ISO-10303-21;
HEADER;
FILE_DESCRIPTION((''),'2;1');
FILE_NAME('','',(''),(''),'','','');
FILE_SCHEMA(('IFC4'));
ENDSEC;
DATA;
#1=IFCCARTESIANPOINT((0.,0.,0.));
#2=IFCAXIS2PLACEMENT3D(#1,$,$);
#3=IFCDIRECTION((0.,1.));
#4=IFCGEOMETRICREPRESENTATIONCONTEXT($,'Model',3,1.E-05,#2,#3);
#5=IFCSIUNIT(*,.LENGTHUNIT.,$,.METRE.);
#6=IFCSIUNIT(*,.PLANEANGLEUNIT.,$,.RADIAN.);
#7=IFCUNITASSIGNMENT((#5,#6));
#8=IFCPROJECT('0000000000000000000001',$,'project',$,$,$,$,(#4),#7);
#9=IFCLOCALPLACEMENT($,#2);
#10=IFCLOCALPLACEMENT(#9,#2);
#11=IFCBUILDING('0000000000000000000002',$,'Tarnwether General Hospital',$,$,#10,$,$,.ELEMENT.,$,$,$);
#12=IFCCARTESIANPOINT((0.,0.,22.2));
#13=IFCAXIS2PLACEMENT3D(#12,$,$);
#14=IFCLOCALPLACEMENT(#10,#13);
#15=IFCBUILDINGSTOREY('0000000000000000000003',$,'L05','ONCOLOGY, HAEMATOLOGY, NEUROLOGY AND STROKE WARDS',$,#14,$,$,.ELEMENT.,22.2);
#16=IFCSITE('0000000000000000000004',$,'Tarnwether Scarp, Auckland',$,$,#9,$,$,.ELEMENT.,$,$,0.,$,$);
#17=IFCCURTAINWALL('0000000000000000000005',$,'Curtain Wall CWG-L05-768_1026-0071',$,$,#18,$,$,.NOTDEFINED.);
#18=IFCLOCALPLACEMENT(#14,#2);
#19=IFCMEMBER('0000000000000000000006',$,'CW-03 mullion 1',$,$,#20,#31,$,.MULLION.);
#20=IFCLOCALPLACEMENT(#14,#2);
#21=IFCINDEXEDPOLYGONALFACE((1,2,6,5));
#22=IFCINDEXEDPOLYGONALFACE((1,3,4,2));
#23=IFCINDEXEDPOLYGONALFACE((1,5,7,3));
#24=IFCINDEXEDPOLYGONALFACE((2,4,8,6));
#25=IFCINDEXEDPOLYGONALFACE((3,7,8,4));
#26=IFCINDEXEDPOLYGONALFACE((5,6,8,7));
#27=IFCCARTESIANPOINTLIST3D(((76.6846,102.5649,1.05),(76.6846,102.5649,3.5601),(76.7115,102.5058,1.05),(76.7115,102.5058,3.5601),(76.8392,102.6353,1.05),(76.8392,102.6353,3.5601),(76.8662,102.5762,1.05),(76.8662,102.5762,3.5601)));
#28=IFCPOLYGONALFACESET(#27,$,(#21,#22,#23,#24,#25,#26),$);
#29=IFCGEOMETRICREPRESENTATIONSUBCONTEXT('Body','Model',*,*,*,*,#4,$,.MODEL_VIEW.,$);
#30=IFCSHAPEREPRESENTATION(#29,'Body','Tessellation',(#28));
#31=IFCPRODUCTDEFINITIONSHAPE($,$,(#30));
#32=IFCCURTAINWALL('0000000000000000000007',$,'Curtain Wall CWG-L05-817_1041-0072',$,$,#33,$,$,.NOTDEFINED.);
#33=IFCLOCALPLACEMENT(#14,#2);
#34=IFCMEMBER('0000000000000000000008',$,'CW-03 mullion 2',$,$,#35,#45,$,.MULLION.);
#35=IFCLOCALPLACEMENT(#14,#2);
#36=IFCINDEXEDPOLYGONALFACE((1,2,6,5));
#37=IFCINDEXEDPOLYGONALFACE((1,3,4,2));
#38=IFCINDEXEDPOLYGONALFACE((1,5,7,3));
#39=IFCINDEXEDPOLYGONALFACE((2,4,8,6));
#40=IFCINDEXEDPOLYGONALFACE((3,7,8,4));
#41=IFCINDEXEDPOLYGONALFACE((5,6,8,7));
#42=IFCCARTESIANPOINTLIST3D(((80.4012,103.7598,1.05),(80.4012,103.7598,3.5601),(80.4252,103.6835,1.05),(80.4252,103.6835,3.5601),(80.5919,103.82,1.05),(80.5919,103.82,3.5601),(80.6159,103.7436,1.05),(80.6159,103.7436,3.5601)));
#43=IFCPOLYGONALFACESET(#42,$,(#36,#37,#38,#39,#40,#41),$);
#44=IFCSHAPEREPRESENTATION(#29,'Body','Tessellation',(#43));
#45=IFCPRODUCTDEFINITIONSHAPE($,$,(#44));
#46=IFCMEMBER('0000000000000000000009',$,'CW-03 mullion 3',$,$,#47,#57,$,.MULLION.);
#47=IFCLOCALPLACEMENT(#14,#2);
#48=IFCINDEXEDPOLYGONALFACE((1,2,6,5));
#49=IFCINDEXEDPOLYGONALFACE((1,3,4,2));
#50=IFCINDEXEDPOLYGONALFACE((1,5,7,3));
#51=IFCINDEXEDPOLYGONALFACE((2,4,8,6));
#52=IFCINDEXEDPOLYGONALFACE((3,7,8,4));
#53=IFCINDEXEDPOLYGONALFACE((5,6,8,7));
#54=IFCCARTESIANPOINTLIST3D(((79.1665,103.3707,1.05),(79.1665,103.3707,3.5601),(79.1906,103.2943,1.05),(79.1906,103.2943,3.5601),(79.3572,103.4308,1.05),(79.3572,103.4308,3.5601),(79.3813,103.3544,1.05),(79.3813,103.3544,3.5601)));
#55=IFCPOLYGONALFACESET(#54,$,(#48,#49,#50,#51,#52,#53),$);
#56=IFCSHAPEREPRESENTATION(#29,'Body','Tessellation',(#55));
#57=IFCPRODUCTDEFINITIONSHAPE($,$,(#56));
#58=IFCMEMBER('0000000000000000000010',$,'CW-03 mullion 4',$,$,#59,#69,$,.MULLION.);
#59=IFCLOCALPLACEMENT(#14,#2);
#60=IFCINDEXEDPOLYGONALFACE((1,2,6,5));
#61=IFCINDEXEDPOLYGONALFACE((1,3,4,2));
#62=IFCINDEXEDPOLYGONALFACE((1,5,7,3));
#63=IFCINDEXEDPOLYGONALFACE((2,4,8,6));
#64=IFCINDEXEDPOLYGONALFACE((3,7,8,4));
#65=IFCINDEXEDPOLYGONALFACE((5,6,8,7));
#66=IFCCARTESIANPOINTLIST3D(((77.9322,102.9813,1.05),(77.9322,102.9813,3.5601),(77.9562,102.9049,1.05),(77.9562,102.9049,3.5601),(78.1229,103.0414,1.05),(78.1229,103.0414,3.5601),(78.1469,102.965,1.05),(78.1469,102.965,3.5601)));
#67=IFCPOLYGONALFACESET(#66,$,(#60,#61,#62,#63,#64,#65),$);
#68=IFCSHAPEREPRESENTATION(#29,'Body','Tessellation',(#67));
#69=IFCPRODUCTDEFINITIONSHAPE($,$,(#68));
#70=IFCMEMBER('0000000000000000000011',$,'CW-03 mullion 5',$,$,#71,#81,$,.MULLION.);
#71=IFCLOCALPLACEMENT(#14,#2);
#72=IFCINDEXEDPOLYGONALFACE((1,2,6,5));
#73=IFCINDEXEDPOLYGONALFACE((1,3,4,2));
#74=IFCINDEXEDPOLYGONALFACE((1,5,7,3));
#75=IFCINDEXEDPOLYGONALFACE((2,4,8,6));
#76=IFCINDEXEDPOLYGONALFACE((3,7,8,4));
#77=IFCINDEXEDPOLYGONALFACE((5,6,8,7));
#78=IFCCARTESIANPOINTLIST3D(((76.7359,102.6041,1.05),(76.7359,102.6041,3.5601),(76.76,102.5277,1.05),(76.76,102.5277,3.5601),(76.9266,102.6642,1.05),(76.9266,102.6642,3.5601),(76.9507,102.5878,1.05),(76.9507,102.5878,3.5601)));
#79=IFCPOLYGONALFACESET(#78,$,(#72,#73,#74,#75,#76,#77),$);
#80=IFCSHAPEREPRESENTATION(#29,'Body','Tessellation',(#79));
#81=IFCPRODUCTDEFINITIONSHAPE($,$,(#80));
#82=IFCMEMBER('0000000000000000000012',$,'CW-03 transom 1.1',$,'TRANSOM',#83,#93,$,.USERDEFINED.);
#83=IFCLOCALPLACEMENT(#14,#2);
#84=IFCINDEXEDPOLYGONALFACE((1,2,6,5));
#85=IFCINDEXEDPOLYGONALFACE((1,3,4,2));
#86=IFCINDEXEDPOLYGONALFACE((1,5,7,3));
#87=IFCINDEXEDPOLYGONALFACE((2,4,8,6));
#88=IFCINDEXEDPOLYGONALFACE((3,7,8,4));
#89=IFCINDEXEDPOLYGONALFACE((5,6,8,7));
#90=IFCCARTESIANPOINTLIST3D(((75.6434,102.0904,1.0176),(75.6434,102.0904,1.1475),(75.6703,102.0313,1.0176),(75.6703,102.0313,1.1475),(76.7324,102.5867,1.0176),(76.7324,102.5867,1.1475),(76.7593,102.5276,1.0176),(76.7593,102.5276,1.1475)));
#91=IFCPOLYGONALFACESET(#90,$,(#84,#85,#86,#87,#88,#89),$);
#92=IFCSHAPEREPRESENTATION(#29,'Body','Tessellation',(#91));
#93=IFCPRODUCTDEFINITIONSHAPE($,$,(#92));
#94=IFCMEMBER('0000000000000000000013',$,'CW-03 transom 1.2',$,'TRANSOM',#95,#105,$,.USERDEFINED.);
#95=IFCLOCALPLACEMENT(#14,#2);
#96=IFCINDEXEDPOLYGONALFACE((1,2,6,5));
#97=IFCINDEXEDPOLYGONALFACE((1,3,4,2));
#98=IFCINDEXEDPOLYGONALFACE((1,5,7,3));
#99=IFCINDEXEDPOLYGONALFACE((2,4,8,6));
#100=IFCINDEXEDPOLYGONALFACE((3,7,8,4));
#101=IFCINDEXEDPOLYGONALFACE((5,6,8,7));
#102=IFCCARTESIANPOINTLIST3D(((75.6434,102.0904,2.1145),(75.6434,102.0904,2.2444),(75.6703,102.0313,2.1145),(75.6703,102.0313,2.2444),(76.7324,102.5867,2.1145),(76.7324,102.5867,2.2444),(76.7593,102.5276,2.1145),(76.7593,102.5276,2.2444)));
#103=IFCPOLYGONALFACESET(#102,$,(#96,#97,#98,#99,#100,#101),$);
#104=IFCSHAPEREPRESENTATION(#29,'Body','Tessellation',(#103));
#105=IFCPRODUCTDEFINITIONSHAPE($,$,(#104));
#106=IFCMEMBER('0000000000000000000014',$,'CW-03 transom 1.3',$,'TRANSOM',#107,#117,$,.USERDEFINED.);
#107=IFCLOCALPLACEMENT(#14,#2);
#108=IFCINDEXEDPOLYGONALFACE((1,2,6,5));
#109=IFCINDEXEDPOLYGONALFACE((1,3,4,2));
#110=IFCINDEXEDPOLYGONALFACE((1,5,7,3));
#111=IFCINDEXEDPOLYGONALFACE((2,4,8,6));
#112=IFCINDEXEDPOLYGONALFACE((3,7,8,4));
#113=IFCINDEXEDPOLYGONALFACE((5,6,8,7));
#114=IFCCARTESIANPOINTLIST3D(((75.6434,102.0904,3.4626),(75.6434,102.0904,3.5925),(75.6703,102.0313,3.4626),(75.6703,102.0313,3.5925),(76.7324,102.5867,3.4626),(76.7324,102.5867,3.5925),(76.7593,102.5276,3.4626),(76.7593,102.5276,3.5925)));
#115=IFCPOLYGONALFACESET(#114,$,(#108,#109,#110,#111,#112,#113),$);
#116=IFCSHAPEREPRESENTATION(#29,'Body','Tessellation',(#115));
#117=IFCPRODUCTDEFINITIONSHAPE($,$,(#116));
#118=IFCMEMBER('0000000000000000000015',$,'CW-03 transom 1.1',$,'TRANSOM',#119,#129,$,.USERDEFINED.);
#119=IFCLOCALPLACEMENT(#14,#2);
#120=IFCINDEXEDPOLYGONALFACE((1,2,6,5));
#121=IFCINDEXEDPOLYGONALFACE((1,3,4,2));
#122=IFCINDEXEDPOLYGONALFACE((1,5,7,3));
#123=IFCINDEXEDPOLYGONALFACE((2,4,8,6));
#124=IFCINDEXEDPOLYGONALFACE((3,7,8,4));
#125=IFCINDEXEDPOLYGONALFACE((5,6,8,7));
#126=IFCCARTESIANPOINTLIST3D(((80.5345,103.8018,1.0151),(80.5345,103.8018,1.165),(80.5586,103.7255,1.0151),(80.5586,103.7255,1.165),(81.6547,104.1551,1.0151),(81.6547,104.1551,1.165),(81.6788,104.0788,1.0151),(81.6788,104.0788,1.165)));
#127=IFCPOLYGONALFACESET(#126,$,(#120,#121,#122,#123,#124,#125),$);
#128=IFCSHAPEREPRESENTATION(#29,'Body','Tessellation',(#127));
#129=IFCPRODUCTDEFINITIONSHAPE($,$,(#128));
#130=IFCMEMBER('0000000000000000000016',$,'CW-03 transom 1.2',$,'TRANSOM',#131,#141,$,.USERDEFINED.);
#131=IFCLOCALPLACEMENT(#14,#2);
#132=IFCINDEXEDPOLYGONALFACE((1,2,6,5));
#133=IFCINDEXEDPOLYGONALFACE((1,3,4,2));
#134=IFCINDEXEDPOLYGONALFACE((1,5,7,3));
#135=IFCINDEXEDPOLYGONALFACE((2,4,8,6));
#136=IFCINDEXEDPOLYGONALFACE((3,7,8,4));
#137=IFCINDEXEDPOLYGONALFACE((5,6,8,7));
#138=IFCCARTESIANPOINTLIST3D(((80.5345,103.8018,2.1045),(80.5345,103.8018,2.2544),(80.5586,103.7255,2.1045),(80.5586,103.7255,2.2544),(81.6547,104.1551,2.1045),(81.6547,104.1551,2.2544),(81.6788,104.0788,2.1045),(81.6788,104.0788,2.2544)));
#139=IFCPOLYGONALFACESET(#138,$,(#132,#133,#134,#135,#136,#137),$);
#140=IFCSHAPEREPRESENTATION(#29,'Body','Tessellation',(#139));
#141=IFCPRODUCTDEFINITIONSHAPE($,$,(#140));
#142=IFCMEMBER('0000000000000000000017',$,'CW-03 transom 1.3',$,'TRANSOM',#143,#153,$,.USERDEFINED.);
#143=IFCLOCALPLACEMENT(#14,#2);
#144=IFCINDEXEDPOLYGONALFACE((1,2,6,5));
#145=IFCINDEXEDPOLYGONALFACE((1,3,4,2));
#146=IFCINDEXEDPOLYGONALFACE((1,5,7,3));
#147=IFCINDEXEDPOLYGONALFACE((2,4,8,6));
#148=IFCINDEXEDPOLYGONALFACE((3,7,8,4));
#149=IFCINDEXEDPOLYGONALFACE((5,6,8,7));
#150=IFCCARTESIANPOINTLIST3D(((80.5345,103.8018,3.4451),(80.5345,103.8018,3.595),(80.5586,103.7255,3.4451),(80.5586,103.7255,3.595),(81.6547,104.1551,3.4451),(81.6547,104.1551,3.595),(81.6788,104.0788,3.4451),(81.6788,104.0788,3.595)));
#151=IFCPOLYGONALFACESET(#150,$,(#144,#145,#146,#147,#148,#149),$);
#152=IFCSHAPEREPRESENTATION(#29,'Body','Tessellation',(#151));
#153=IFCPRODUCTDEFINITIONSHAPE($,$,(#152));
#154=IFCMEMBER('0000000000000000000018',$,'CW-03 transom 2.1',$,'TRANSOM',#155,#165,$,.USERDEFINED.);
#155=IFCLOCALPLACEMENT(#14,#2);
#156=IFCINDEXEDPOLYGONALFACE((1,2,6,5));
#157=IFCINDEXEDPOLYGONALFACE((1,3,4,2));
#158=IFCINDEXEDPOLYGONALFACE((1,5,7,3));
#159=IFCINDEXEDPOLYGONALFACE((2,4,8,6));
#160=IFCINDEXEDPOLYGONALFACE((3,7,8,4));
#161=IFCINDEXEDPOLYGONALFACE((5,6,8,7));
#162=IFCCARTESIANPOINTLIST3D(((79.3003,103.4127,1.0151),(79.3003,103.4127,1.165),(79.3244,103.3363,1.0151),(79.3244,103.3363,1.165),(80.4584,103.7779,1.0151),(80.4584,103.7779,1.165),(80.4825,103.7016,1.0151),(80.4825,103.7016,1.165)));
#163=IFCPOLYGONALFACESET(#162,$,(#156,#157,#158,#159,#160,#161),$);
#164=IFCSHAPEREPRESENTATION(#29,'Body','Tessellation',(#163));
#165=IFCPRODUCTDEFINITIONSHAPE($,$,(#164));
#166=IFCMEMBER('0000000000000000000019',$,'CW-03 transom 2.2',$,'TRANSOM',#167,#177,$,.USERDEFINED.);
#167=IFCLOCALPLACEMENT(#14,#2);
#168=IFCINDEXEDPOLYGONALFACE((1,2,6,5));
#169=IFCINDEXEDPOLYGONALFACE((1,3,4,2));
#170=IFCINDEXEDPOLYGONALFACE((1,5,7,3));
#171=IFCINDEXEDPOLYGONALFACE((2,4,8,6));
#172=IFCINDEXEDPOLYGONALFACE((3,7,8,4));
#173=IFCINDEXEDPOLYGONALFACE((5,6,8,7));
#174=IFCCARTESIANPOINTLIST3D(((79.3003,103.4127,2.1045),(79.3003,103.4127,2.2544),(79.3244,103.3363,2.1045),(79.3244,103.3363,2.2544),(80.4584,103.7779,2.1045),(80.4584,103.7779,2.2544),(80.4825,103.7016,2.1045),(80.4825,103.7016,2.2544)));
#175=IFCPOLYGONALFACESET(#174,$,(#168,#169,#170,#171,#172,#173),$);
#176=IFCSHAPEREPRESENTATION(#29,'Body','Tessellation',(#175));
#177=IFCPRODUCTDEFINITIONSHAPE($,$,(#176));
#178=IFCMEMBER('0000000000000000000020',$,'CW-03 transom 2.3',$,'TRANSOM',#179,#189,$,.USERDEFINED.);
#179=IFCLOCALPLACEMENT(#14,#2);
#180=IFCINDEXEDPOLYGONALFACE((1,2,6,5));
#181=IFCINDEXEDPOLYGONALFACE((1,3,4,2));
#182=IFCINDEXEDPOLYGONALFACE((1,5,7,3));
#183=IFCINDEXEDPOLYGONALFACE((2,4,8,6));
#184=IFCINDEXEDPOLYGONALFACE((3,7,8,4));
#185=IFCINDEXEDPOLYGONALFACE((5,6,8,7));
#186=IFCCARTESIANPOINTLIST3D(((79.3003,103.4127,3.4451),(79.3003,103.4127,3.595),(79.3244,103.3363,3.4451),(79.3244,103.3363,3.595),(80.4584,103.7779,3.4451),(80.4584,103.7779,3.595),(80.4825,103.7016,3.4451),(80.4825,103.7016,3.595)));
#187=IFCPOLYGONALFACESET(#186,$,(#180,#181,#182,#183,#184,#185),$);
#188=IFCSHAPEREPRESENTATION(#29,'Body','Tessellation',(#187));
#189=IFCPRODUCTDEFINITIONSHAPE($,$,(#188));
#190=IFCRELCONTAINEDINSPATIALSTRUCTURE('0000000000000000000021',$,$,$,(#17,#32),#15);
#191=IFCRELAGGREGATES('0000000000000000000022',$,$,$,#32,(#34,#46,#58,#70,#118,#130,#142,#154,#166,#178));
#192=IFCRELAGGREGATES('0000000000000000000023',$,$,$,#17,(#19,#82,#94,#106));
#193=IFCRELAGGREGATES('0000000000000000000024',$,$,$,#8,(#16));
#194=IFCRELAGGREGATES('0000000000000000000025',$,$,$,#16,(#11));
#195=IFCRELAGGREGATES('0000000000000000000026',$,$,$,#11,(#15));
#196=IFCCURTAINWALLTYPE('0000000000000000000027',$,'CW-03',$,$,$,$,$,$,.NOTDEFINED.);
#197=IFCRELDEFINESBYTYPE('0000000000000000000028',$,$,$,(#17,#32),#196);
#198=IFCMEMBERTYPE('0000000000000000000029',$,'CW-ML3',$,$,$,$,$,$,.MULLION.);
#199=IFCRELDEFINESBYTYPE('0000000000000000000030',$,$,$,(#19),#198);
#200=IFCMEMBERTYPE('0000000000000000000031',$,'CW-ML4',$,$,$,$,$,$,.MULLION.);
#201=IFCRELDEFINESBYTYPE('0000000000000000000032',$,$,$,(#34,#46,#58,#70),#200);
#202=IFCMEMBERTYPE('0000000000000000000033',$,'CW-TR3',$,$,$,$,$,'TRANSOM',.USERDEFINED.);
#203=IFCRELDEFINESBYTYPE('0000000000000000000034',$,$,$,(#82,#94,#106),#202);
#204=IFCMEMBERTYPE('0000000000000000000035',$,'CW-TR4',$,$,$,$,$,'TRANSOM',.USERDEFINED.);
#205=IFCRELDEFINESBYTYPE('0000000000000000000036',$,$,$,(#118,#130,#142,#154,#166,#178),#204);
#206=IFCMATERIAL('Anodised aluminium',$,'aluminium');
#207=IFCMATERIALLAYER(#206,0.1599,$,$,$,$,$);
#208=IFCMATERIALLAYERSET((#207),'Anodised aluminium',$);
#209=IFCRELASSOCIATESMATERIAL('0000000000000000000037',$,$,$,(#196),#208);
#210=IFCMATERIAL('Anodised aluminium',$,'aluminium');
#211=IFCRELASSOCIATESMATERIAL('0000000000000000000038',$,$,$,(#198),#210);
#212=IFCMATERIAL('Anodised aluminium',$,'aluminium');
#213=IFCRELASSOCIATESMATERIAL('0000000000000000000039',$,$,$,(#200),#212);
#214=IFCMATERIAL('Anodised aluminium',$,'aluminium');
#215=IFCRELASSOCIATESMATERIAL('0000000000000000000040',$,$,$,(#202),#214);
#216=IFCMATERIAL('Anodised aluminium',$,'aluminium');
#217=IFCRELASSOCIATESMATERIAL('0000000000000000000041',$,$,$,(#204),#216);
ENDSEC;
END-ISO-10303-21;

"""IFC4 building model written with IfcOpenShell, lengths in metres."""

from ifc_helpers import new_model, si_unit, direction, frame, origin, origin_2d, place, context, subcontext, project, spatial, rectangle, extrude, material, layer, layer_set, material_profile, profile_set, type_object, element, aggregate, save


model = new_model("IFC4")

# Units and contexts
model_context = context("Model", 3, precision=1e-05, world=origin(), true_north=direction((0.0, 1.0)))
body_context = subcontext(model_context, "Body", "Model", "MODEL_VIEW")
ifc_project = project(units=[si_unit("LENGTHUNIT", "METRE"), si_unit("PLANEANGLEUNIT", "RADIAN")], contexts=[model_context])

# Site, building, storey
site_placement = place(None, origin())
site = spatial("IfcSite", under=ifc_project, at=site_placement, Name="Tarnwether Scarp, Auckland", CompositionType="ELEMENT", RefElevation=0.0)
building_placement = place(site_placement, origin())
building = spatial("IfcBuilding", under=site, at=building_placement, Name="Tarnwether General Hospital", CompositionType="ELEMENT")
storey_placement = place(building_placement, frame((0.0, 0.0, 22.2)))
storey = spatial("IfcBuildingStorey", under=building, at=storey_placement, Name="L05", Description="ONCOLOGY, HAEMATOLOGY, NEUROLOGY AND STROKE WARDS", CompositionType="ELEMENT", Elevation=22.2)

# Curtain wall, member
ifc_material_1 = material(Name="Anodised aluminium", Category="aluminium")
ifc_layer_1 = layer(ifc_material_1, 0.1599)
ifc_layer_set_1 = layer_set([ifc_layer_1], Name="Anodised aluminium")
curtain_wall_type = type_object("IfcCurtainWallType", Name="CW-03", PredefinedType="NOTDEFINED", material=ifc_layer_set_1)
curtain_wall_1_placement = place(storey_placement, origin())
curtain_wall_1 = element("IfcCurtainWall", 1, at=curtain_wall_1_placement, inside=storey, type_object=curtain_wall_type, Name="Curtain Wall CWG-L05-768_1026-0071", PredefinedType="NOTDEFINED")
ifc_material_2 = material(Name="Anodised aluminium", Category="aluminium")
ifc_material_profile_1 = material_profile(ifc_material_2, rectangle(XDim=0.0649, YDim=0.1699, at=origin_2d()), Name="ALU-MUL-65x170")
ifc_profile_set_1 = profile_set([ifc_material_profile_1], Name="Anodised aluminium")
member_type_1 = type_object("IfcMemberType", Name="CW-ML3", PredefinedType="MULLION", material=ifc_profile_set_1)
member_1_placement = place(storey_placement, frame((76.7754, 102.5706, 1.05), z_axis=(0.0, 0.0, 1.0), x_axis=(0.414705, -0.909956, 0.0)))
member_1 = element("IfcMember", 2, at=member_1_placement, type_object=member_type_1, Name="CW-03 mullion 1", PredefinedType="MULLION", context=body_context, shape_type="SweptSolid", body=[
    extrude(rectangle(XDim=0.0649, YDim=0.1699, at=origin_2d()), origin(), (0.0, 0.0, 1.0), 2.51),
])

# Curtain wall, members
curtain_wall_2_placement = place(storey_placement, origin())
curtain_wall_2 = element("IfcCurtainWall", 3, at=curtain_wall_2_placement, inside=storey, type_object=curtain_wall_type, Name="Curtain Wall CWG-L05-817_1041-0072", PredefinedType="NOTDEFINED")
ifc_material_3 = material(Name="Anodised aluminium", Category="aluminium")
ifc_material_profile_2 = material_profile(ifc_material_3, rectangle(XDim=0.0801, YDim=0.2, at=origin_2d()), Name="ALU-MUL-80x200")
ifc_profile_set_2 = profile_set([ifc_material_profile_2], Name="Anodised aluminium")
member_type_2 = type_object("IfcMemberType", Name="CW-ML4", PredefinedType="MULLION", material=ifc_profile_set_2)
member_2_placement = place(storey_placement, frame((80.5085, 103.7517, 1.05), z_axis=(0.0, 0.0, 1.0), x_axis=(0.300715, -0.953714, 0.0)))
member_2 = element("IfcMember", 4, at=member_2_placement, type_object=member_type_2, Name="CW-03 mullion 2", PredefinedType="MULLION", context=body_context, shape_type="SweptSolid", body=[
    extrude(rectangle(XDim=0.0801, YDim=0.2, at=origin_2d()), origin(), (0.0, 0.0, 1.0), 2.51),
])
member_3_placement = place(storey_placement, frame((79.2739, 103.3625, 1.05), z_axis=(0.0, 0.0, 1.0), x_axis=(0.300715, -0.953714, 0.0)))
member_3 = element("IfcMember", 5, at=member_3_placement, type_object=member_type_2, Name="CW-03 mullion 3", PredefinedType="MULLION", context=body_context, shape_type="SweptSolid", body=[
    extrude(rectangle(XDim=0.0801, YDim=0.2, at=origin_2d()), origin(), (0.0, 0.0, 1.0), 2.51),
])
member_4_placement = place(storey_placement, frame((78.0396, 102.9731, 1.05), z_axis=(0.0, 0.0, 1.0), x_axis=(0.300715, -0.953714, 0.0)))
member_4 = element("IfcMember", 6, at=member_4_placement, type_object=member_type_2, Name="CW-03 mullion 4", PredefinedType="MULLION", context=body_context, shape_type="SweptSolid", body=[
    extrude(rectangle(XDim=0.0801, YDim=0.2, at=origin_2d()), origin(), (0.0, 0.0, 1.0), 2.51),
])
member_5_placement = place(storey_placement, frame((76.8433, 102.5959, 1.05), z_axis=(0.0, 0.0, 1.0), x_axis=(0.300715, -0.953714, 0.0)))
member_5 = element("IfcMember", 7, at=member_5_placement, type_object=member_type_2, Name="CW-03 mullion 5", PredefinedType="MULLION", context=body_context, shape_type="SweptSolid", body=[
    extrude(rectangle(XDim=0.0801, YDim=0.2, at=origin_2d()), origin(), (0.0, 0.0, 1.0), 2.51),
])

# Members
ifc_material_4 = material(Name="Anodised aluminium", Category="aluminium")
ifc_material_profile_3 = material_profile(ifc_material_4, rectangle(XDim=0.0649, YDim=0.1299, at=origin_2d()), Name="ALU-TRN-65x130")
ifc_profile_set_3 = profile_set([ifc_material_profile_3], Name="Anodised aluminium")
member_type_3 = type_object("IfcMemberType", Name="CW-TR3", ElementType="TRANSOM", PredefinedType="USERDEFINED", material=ifc_profile_set_3)
member_6_placement = place(storey_placement, frame((76.7458, 102.5571, 1.0825), z_axis=(-0.909961, -0.414694, 0.0), x_axis=(0.414694, -0.909961, 0.0)))
member_6 = element("IfcMember", 8, at=member_6_placement, type_object=member_type_3, Name="CW-03 transom 1.1", ObjectType="TRANSOM", PredefinedType="USERDEFINED", context=body_context, shape_type="SweptSolid", body=[
    extrude(rectangle(XDim=0.0649, YDim=0.1299, at=origin_2d()), origin(), (0.0, 0.0, 1.0), 1.1968),
])
member_7_placement = place(storey_placement, frame((76.7458, 102.5571, 2.1794), z_axis=(-0.909961, -0.414694, 0.0), x_axis=(0.414694, -0.909961, 0.0)))
member_7 = element("IfcMember", 9, at=member_7_placement, type_object=member_type_3, Name="CW-03 transom 1.2", ObjectType="TRANSOM", PredefinedType="USERDEFINED", context=body_context, shape_type="SweptSolid", body=[
    extrude(rectangle(XDim=0.0649, YDim=0.1299, at=origin_2d()), origin(), (0.0, 0.0, 1.0), 1.1968),
])
member_8_placement = place(storey_placement, frame((76.7458, 102.5571, 3.5276), z_axis=(-0.909961, -0.414694, 0.0), x_axis=(0.414694, -0.909961, 0.0)))
member_8 = element("IfcMember", 10, at=member_8_placement, type_object=member_type_3, Name="CW-03 transom 1.3", ObjectType="TRANSOM", PredefinedType="USERDEFINED", context=body_context, shape_type="SweptSolid", body=[
    extrude(rectangle(XDim=0.0649, YDim=0.1299, at=origin_2d()), origin(), (0.0, 0.0, 1.0), 1.1968),
])
ifc_material_5 = material(Name="Anodised aluminium", Category="aluminium")
ifc_material_profile_4 = material_profile(ifc_material_5, rectangle(XDim=0.0801, YDim=0.1499, at=origin_2d()), Name="ALU-TRN-80x150")
ifc_profile_set_4 = profile_set([ifc_material_profile_4], Name="Anodised aluminium")
member_type_4 = type_object("IfcMemberType", Name="CW-TR4", ElementType="TRANSOM", PredefinedType="USERDEFINED", material=ifc_profile_set_4)
member_9_placement = place(storey_placement, frame((81.6667, 104.1169, 1.0901), z_axis=(-0.953693, -0.300783, 0.0), x_axis=(0.300783, -0.953693, 0.0)))
member_9 = element("IfcMember", 11, at=member_9_placement, type_object=member_type_4, Name="CW-03 transom 1.1", ObjectType="TRANSOM", PredefinedType="USERDEFINED", context=body_context, shape_type="SweptSolid", body=[
    extrude(rectangle(XDim=0.0801, YDim=0.1499, at=origin_2d()), origin(), (0.0, 0.0, 1.0), 1.1746),
])
member_10_placement = place(storey_placement, frame((81.6667, 104.1169, 2.1794), z_axis=(-0.953693, -0.300783, 0.0), x_axis=(0.300783, -0.953693, 0.0)))
member_10 = element("IfcMember", 12, at=member_10_placement, type_object=member_type_4, Name="CW-03 transom 1.2", ObjectType="TRANSOM", PredefinedType="USERDEFINED", context=body_context, shape_type="SweptSolid", body=[
    extrude(rectangle(XDim=0.0801, YDim=0.1499, at=origin_2d()), origin(), (0.0, 0.0, 1.0), 1.1746),
])
member_11_placement = place(storey_placement, frame((81.6667, 104.1169, 3.52), z_axis=(-0.953693, -0.300783, 0.0), x_axis=(0.300783, -0.953693, 0.0)))
member_11 = element("IfcMember", 13, at=member_11_placement, type_object=member_type_4, Name="CW-03 transom 1.3", ObjectType="TRANSOM", PredefinedType="USERDEFINED", context=body_context, shape_type="SweptSolid", body=[
    extrude(rectangle(XDim=0.0801, YDim=0.1499, at=origin_2d()), origin(), (0.0, 0.0, 1.0), 1.1746),
])
member_12_placement = place(storey_placement, frame((80.4705, 103.7397, 1.0901), z_axis=(-0.953704, -0.300746, 0.0), x_axis=(0.300746, -0.953704, 0.0)))
member_12 = element("IfcMember", 14, at=member_12_placement, type_object=member_type_4, Name="CW-03 transom 2.1", ObjectType="TRANSOM", PredefinedType="USERDEFINED", context=body_context, shape_type="SweptSolid", body=[
    extrude(rectangle(XDim=0.0801, YDim=0.1499, at=origin_2d()), origin(), (0.0, 0.0, 1.0), 1.2144),
])
member_13_placement = place(storey_placement, frame((80.4705, 103.7397, 2.1794), z_axis=(-0.953704, -0.300746, 0.0), x_axis=(0.300746, -0.953704, 0.0)))
member_13 = element("IfcMember", 15, at=member_13_placement, type_object=member_type_4, Name="CW-03 transom 2.2", ObjectType="TRANSOM", PredefinedType="USERDEFINED", context=body_context, shape_type="SweptSolid", body=[
    extrude(rectangle(XDim=0.0801, YDim=0.1499, at=origin_2d()), origin(), (0.0, 0.0, 1.0), 1.2144),
])
member_14_placement = place(storey_placement, frame((80.4705, 103.7397, 3.52), z_axis=(-0.953704, -0.300746, 0.0), x_axis=(0.300746, -0.953704, 0.0)))
member_14 = element("IfcMember", 16, at=member_14_placement, type_object=member_type_4, Name="CW-03 transom 2.3", ObjectType="TRANSOM", PredefinedType="USERDEFINED", context=body_context, shape_type="SweptSolid", body=[
    extrude(rectangle(XDim=0.0801, YDim=0.1499, at=origin_2d()), origin(), (0.0, 0.0, 1.0), 1.2144),
])

aggregate(curtain_wall_2, [member_2, member_3, member_4, member_5, member_9, member_10, member_11, member_12, member_13, member_14])
aggregate(curtain_wall_1, [member_1, member_6, member_7, member_8])

save(model, "model.ifc")
